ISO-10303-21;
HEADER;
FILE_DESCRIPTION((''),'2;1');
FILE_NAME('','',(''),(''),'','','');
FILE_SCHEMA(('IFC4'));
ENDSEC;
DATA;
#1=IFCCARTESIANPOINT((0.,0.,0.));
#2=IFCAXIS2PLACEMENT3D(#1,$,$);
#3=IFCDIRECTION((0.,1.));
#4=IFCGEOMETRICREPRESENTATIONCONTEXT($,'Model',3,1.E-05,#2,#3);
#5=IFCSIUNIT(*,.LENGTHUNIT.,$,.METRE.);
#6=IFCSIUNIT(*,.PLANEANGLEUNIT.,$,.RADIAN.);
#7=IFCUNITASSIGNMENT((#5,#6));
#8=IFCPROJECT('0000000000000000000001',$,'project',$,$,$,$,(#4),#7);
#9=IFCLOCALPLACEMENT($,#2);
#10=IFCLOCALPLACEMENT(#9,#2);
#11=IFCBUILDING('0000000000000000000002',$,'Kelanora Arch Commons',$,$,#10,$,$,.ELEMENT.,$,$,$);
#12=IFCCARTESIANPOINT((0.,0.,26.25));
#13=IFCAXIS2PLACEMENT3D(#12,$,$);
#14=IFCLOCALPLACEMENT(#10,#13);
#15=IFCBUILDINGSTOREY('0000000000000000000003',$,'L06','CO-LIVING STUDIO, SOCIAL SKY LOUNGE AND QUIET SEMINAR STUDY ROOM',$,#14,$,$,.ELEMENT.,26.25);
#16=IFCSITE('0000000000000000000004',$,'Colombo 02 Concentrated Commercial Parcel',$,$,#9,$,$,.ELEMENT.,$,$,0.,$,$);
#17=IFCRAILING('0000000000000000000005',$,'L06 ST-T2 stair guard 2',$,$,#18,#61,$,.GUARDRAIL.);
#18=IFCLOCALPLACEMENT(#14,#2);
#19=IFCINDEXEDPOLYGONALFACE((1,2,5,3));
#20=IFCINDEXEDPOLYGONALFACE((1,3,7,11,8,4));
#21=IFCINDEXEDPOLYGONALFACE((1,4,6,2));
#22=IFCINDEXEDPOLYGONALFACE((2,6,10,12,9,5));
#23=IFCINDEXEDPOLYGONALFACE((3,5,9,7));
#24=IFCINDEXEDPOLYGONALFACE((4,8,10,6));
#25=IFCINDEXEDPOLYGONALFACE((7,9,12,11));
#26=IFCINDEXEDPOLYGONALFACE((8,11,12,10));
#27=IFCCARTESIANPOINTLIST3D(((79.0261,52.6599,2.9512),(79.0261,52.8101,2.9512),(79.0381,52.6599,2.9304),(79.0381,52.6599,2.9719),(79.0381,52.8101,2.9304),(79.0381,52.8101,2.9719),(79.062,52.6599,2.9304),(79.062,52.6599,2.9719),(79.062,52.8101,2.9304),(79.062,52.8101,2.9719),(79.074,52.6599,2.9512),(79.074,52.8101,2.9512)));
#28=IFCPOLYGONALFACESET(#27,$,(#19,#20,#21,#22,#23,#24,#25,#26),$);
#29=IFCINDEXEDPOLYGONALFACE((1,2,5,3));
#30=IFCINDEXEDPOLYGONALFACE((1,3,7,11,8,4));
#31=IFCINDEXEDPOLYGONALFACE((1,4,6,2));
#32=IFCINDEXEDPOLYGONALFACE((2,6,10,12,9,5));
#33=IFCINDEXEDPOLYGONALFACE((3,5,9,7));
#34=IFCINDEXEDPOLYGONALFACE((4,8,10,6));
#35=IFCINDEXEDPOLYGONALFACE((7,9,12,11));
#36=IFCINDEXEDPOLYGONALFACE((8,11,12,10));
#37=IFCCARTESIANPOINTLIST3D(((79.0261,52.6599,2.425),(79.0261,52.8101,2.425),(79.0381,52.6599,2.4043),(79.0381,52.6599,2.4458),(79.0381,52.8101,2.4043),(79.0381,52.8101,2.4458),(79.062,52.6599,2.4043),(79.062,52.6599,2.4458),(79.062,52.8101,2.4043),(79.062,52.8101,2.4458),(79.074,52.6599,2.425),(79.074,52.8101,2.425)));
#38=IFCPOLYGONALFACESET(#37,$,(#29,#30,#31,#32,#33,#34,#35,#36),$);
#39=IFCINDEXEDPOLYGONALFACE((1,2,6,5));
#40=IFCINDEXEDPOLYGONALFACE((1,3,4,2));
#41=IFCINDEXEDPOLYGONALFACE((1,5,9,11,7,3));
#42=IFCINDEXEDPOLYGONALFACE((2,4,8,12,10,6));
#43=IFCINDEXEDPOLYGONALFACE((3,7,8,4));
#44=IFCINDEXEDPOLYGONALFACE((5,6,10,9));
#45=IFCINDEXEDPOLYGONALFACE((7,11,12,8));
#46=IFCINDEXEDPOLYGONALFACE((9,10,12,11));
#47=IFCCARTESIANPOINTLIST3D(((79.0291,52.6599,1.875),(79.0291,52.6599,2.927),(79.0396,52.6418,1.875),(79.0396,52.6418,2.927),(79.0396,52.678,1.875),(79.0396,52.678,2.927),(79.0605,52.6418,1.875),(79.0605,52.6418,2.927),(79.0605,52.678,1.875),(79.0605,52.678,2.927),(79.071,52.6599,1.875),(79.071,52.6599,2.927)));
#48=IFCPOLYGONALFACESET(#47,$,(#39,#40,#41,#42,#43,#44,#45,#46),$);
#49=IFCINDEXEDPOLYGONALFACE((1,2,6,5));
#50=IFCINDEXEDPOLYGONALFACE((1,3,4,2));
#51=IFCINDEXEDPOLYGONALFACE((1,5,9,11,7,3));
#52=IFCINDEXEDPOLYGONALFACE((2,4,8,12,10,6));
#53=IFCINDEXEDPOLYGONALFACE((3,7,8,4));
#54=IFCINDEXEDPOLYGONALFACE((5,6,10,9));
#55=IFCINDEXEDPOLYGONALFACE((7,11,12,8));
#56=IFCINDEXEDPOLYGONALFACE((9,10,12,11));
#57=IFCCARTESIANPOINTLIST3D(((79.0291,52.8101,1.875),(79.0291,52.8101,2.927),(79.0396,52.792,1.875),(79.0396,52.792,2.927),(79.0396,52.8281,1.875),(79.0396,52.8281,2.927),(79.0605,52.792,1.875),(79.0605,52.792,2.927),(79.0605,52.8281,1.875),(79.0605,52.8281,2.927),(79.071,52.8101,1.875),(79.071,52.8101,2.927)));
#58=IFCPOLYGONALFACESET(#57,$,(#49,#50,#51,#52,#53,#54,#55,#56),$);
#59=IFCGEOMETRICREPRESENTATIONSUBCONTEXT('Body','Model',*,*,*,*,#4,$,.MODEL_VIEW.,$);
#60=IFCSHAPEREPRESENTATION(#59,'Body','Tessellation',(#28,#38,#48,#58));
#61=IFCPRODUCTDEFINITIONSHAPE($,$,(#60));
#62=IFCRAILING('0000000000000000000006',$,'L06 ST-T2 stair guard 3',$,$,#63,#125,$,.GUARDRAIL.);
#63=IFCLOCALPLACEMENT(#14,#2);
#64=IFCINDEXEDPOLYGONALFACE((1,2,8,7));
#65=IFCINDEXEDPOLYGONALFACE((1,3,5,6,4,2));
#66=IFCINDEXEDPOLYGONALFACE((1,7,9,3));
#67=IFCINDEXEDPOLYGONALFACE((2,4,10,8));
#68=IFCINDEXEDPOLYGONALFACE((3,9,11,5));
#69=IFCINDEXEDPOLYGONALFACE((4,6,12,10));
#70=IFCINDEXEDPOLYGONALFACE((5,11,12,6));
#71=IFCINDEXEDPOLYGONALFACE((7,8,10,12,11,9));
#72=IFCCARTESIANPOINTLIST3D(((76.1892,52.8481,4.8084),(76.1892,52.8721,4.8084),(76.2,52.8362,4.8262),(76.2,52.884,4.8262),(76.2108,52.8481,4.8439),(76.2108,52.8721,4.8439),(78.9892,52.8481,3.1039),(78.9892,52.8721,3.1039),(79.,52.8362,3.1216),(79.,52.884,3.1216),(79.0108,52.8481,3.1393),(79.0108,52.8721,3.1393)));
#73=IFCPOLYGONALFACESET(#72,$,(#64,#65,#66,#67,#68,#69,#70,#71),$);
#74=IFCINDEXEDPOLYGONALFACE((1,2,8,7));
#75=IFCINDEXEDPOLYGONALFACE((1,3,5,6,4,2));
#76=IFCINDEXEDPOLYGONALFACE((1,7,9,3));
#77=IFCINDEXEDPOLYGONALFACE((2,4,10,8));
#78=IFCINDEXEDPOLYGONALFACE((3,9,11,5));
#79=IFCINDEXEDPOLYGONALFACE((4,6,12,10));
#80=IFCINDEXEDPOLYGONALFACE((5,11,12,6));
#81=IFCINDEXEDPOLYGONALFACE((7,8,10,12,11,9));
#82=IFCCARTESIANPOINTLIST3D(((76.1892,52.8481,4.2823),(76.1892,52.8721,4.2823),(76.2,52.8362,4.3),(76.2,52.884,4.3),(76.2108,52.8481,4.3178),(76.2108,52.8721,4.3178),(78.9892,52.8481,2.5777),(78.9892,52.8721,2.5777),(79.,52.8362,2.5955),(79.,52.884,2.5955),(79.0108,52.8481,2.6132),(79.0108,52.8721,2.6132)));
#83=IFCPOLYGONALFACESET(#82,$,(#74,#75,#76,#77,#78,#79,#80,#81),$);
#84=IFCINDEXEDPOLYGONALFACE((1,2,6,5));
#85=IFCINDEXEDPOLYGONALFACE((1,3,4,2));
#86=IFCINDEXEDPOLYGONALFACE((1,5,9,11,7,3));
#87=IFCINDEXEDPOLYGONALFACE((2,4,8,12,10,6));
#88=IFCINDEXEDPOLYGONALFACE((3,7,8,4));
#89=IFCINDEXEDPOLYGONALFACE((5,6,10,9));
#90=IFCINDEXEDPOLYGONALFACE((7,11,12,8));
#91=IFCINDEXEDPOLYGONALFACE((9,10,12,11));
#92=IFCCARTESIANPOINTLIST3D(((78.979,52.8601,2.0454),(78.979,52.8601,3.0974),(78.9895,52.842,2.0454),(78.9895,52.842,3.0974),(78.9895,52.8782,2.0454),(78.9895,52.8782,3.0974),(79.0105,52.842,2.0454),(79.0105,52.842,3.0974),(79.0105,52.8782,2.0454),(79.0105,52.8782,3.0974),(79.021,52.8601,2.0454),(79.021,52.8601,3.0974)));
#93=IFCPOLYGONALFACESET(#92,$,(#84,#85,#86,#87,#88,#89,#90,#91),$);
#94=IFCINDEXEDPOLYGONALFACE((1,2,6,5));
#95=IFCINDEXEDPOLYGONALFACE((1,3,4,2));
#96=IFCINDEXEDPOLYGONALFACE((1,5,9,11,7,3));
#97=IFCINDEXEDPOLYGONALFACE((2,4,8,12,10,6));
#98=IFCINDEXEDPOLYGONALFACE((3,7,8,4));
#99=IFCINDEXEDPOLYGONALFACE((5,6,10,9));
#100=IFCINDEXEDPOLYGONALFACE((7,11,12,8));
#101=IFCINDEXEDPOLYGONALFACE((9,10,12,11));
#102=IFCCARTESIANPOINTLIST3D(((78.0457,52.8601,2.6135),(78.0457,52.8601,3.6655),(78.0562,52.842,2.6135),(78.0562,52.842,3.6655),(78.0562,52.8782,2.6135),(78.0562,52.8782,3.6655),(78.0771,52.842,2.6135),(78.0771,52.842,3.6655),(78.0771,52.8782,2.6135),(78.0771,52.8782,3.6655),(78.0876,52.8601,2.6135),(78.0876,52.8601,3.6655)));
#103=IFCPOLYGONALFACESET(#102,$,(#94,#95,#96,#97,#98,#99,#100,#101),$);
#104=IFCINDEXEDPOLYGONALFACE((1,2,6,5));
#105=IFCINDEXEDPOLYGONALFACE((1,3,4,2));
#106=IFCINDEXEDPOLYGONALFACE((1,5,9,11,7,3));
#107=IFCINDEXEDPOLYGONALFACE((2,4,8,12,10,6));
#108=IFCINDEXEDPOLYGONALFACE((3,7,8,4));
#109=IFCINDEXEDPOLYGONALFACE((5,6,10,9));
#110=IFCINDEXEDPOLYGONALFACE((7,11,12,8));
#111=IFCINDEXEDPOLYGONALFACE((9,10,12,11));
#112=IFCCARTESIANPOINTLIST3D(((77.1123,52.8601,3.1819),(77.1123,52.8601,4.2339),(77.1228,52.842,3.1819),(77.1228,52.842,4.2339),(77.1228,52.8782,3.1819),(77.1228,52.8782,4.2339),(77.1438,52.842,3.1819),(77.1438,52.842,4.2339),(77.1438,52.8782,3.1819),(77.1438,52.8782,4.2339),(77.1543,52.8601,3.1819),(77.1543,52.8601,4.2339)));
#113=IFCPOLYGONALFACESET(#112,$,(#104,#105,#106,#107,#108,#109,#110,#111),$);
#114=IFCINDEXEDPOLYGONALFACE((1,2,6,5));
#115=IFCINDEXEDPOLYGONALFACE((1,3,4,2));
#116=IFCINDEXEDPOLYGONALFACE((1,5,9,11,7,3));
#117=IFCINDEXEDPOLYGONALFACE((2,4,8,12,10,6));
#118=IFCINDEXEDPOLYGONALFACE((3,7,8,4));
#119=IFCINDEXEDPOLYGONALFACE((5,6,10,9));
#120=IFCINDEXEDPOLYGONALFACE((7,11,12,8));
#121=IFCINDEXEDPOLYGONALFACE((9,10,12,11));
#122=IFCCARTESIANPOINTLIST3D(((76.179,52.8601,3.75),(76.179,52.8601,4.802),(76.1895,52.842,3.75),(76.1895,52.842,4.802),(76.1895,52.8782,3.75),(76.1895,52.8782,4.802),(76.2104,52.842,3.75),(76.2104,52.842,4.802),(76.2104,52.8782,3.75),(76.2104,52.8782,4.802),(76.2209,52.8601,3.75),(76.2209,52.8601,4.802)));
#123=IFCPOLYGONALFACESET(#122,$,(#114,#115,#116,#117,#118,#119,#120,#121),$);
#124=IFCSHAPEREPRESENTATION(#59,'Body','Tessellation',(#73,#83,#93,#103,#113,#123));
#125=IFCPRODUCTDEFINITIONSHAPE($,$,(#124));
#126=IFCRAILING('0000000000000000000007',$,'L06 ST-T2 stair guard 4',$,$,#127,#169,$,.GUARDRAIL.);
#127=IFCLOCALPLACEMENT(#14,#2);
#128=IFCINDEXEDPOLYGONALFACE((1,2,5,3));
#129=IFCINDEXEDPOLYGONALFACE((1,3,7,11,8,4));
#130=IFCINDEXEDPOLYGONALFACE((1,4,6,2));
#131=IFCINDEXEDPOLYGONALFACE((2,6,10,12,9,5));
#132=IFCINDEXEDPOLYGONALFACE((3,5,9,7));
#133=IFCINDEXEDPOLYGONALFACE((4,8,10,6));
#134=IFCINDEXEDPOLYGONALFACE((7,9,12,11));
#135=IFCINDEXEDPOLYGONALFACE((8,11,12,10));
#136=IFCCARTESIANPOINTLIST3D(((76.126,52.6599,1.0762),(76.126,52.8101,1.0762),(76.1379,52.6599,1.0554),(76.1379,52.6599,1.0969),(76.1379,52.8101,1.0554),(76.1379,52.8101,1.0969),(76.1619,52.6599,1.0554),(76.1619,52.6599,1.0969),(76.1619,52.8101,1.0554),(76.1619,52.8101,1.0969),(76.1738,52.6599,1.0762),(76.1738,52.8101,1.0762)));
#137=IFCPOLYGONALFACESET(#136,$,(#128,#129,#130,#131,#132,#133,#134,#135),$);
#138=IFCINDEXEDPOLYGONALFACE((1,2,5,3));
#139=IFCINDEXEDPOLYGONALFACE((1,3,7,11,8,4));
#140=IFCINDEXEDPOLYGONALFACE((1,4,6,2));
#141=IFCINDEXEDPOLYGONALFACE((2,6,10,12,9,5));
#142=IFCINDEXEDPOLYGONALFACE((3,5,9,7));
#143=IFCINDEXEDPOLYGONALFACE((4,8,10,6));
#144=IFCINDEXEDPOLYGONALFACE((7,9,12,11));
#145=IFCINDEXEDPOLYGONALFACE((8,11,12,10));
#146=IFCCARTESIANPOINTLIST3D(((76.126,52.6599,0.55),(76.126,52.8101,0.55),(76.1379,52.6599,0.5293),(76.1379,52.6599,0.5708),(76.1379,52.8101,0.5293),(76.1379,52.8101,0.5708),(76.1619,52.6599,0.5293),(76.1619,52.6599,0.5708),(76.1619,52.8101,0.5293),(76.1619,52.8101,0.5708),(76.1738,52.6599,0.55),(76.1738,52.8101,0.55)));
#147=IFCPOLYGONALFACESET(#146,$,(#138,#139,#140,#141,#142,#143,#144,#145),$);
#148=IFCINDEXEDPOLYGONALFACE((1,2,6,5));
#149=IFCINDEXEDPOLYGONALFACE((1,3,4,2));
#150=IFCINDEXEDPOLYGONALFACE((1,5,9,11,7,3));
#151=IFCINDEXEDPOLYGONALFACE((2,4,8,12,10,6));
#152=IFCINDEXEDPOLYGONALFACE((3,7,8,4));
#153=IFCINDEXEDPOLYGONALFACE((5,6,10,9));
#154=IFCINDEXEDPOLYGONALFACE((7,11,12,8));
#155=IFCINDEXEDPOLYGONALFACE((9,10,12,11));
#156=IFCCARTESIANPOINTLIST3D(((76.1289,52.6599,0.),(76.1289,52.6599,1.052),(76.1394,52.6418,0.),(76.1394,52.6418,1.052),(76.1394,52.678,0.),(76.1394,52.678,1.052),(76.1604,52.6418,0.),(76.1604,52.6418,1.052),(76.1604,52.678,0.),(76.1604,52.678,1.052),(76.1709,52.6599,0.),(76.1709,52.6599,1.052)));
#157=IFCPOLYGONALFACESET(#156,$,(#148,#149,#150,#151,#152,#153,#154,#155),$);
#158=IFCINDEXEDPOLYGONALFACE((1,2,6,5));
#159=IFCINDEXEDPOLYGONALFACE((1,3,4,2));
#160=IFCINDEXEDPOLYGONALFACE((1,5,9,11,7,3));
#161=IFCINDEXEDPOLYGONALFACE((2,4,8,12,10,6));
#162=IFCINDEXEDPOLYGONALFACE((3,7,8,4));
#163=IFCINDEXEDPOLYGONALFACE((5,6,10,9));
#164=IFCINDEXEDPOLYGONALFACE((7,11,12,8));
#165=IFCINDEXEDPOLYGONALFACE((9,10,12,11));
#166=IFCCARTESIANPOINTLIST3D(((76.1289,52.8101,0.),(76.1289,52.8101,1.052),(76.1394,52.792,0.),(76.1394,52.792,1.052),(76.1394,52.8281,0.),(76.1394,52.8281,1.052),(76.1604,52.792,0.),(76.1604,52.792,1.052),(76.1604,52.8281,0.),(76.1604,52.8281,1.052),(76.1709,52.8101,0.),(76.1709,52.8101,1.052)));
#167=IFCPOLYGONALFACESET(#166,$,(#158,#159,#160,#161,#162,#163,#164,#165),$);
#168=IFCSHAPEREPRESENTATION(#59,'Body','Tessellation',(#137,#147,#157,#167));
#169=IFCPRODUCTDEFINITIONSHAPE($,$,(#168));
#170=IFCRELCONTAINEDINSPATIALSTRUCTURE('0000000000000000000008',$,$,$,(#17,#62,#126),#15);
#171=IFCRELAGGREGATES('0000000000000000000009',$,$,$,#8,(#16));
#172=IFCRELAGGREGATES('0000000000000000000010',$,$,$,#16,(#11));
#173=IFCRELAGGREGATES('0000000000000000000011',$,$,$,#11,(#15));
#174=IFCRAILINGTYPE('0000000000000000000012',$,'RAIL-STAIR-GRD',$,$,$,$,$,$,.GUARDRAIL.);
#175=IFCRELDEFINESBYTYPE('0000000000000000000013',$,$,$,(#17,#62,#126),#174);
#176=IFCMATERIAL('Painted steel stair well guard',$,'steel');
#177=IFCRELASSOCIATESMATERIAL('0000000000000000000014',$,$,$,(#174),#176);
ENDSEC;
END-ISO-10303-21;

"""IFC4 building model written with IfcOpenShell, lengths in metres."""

from ifc_helpers import new_model, si_unit, direction, frame, origin, place, context, subcontext, project, spatial, polyline, outline, extrude, material, type_object, element, save


model = new_model("IFC4")

# Units and contexts
model_context = context("Model", 3, precision=1e-05, world=origin(), true_north=direction((0.0, 1.0)))
body_context = subcontext(model_context, "Body", "Model", "MODEL_VIEW")
ifc_project = project(units=[si_unit("LENGTHUNIT", "METRE"), si_unit("PLANEANGLEUNIT", "RADIAN")], contexts=[model_context])

# Site, building, storey
site_placement = place(None, origin())
site = spatial("IfcSite", under=ifc_project, at=site_placement, Name="Colombo 02 Concentrated Commercial Parcel", CompositionType="ELEMENT", RefElevation=0.0)
building_placement = place(site_placement, origin())
building = spatial("IfcBuilding", under=site, at=building_placement, Name="Kelanora Arch Commons", CompositionType="ELEMENT")
storey_placement = place(building_placement, frame((0.0, 0.0, 26.25)))
storey = spatial("IfcBuildingStorey", under=building, at=storey_placement, Name="L06", Description="CO-LIVING STUDIO, SOCIAL SKY LOUNGE AND QUIET SEMINAR STUDY ROOM", CompositionType="ELEMENT", Elevation=26.25)

# Railings
ifc_material_1 = material(Name="Painted steel stair well guard", Category="steel")
railing_type_1 = type_object("IfcRailingType", Name="RAIL-STAIR-GRD", PredefinedType="GUARDRAIL", material=ifc_material_1)
railing_1_placement = place(storey_placement, frame((79.05, 52.6599, 1.875)))
element("IfcRailing", 1, at=railing_1_placement, inside=storey, type_object=railing_type_1, Name="L06 ST-T2 stair guard 2", PredefinedType="GUARDRAIL", context=body_context, shape_type="SweptSolid", body=[
    extrude(outline(polyline([(0.0239, 0.0), (0.012, 0.0208), (-0.012, 0.0208), (-0.0239, 0.0), (-0.012, -0.0208), (0.012, -0.0208), (0.0239, 0.0)])), frame((0.0, 0.0, 1.0762), z_axis=(0.0, 1.0, 0.0), x_axis=(-1.0, 0.0, 0.0)), (0.0, 0.0, 1.0), 0.1501),
    extrude(outline(polyline([(0.0239, 0.0), (0.012, 0.0208), (-0.012, 0.0208), (-0.0239, 0.0), (-0.012, -0.0208), (0.012, -0.0208), (0.0239, 0.0)])), frame((0.0, 0.0, 0.55), z_axis=(0.0, 1.0, 0.0), x_axis=(-1.0, 0.0, 0.0)), (0.0, 0.0, 1.0), 0.1501),
    extrude(outline(polyline([(0.021, 0.0), (0.0105, 0.0181), (-0.0105, 0.0181), (-0.021, 0.0), (-0.0105, -0.0181), (0.0105, -0.0181), (0.021, 0.0)])), origin(), (0.0, 0.0, 1.0), 1.052),
    extrude(outline(polyline([(0.021, 0.0), (0.0105, 0.0181), (-0.0105, 0.0181), (-0.021, 0.0), (-0.0105, -0.0181), (0.0105, -0.0181), (0.021, 0.0)])), frame((0.0, 0.1501, 0.0)), (0.0, 0.0, 1.0), 1.052),
])
railing_2_placement = place(storey_placement, frame((79.0, 52.8601, 2.0454)))
element("IfcRailing", 2, at=railing_2_placement, inside=storey, type_object=railing_type_1, Name="L06 ST-T2 stair guard 3", PredefinedType="GUARDRAIL", context=body_context, shape_type="SweptSolid", body=[
    extrude(outline(polyline([(0.0239, 0.0), (0.012, 0.0208), (-0.012, 0.0208), (-0.0239, 0.0), (-0.012, -0.0208), (0.012, -0.0208), (0.0239, 0.0)])), frame((0.0, 0.0, 1.0762), z_axis=(-0.85417, 0.0, 0.519994), x_axis=(0.0, -1.0, 0.0)), (0.0, 0.0, 1.0), 3.2781),
    extrude(outline(polyline([(0.0239, 0.0), (0.012, 0.0208), (-0.012, 0.0208), (-0.0239, 0.0), (-0.012, -0.0208), (0.012, -0.0208), (0.0239, 0.0)])), frame((0.0, 0.0, 0.55), z_axis=(-0.85417, 0.0, 0.519994), x_axis=(0.0, -1.0, 0.0)), (0.0, 0.0, 1.0), 3.2781),
    extrude(outline(polyline([(0.021, 0.0), (0.0105, 0.0181), (-0.0105, 0.0181), (-0.021, 0.0), (-0.0105, -0.0181), (0.0105, -0.0181), (0.021, 0.0)])), origin(), (0.0, 0.0, 1.0), 1.052),
    extrude(outline(polyline([(0.021, 0.0), (0.0105, 0.0181), (-0.0105, 0.0181), (-0.021, 0.0), (-0.0105, -0.0181), (0.0105, -0.0181), (0.021, 0.0)])), frame((-0.9333, 0.0, 0.5681)), (0.0, 0.0, 1.0), 1.052),
    extrude(outline(polyline([(0.021, 0.0), (0.0105, 0.0181), (-0.0105, 0.0181), (-0.021, 0.0), (-0.0105, -0.0181), (0.0105, -0.0181), (0.021, 0.0)])), frame((-1.8667, 0.0, 1.1365)), (0.0, 0.0, 1.0), 1.052),
    extrude(outline(polyline([(0.021, 0.0), (0.0105, 0.0181), (-0.0105, 0.0181), (-0.021, 0.0), (-0.0105, -0.0181), (0.0105, -0.0181), (0.021, 0.0)])), frame((-2.8, 0.0, 1.7046)), (0.0, 0.0, 1.0), 1.052),
])
railing_3_placement = place(storey_placement, frame((76.1499, 52.6599, 0.0)))
element("IfcRailing", 3, at=railing_3_placement, inside=storey, type_object=railing_type_1, Name="L06 ST-T2 stair guard 4", PredefinedType="GUARDRAIL", context=body_context, shape_type="SweptSolid", body=[
    extrude(outline(polyline([(0.0239, 0.0), (0.012, 0.0208), (-0.012, 0.0208), (-0.0239, 0.0), (-0.012, -0.0208), (0.012, -0.0208), (0.0239, 0.0)])), frame((0.0, 0.0, 1.0762), z_axis=(0.0, 1.0, 0.0), x_axis=(-1.0, 0.0, 0.0)), (0.0, 0.0, 1.0), 0.1501),
    extrude(outline(polyline([(0.0239, 0.0), (0.012, 0.0208), (-0.012, 0.0208), (-0.0239, 0.0), (-0.012, -0.0208), (0.012, -0.0208), (0.0239, 0.0)])), frame((0.0, 0.0, 0.55), z_axis=(0.0, 1.0, 0.0), x_axis=(-1.0, 0.0, 0.0)), (0.0, 0.0, 1.0), 0.1501),
    extrude(outline(polyline([(0.021, 0.0), (0.0105, 0.0181), (-0.0105, 0.0181), (-0.021, 0.0), (-0.0105, -0.0181), (0.0105, -0.0181), (0.021, 0.0)])), origin(), (0.0, 0.0, 1.0), 1.052),
    extrude(outline(polyline([(0.021, 0.0), (0.0105, 0.0181), (-0.0105, 0.0181), (-0.021, 0.0), (-0.0105, -0.0181), (0.0105, -0.0181), (0.021, 0.0)])), frame((0.0, 0.1501, 0.0)), (0.0, 0.0, 1.0), 1.052),
])

save(model, "model.ifc")
